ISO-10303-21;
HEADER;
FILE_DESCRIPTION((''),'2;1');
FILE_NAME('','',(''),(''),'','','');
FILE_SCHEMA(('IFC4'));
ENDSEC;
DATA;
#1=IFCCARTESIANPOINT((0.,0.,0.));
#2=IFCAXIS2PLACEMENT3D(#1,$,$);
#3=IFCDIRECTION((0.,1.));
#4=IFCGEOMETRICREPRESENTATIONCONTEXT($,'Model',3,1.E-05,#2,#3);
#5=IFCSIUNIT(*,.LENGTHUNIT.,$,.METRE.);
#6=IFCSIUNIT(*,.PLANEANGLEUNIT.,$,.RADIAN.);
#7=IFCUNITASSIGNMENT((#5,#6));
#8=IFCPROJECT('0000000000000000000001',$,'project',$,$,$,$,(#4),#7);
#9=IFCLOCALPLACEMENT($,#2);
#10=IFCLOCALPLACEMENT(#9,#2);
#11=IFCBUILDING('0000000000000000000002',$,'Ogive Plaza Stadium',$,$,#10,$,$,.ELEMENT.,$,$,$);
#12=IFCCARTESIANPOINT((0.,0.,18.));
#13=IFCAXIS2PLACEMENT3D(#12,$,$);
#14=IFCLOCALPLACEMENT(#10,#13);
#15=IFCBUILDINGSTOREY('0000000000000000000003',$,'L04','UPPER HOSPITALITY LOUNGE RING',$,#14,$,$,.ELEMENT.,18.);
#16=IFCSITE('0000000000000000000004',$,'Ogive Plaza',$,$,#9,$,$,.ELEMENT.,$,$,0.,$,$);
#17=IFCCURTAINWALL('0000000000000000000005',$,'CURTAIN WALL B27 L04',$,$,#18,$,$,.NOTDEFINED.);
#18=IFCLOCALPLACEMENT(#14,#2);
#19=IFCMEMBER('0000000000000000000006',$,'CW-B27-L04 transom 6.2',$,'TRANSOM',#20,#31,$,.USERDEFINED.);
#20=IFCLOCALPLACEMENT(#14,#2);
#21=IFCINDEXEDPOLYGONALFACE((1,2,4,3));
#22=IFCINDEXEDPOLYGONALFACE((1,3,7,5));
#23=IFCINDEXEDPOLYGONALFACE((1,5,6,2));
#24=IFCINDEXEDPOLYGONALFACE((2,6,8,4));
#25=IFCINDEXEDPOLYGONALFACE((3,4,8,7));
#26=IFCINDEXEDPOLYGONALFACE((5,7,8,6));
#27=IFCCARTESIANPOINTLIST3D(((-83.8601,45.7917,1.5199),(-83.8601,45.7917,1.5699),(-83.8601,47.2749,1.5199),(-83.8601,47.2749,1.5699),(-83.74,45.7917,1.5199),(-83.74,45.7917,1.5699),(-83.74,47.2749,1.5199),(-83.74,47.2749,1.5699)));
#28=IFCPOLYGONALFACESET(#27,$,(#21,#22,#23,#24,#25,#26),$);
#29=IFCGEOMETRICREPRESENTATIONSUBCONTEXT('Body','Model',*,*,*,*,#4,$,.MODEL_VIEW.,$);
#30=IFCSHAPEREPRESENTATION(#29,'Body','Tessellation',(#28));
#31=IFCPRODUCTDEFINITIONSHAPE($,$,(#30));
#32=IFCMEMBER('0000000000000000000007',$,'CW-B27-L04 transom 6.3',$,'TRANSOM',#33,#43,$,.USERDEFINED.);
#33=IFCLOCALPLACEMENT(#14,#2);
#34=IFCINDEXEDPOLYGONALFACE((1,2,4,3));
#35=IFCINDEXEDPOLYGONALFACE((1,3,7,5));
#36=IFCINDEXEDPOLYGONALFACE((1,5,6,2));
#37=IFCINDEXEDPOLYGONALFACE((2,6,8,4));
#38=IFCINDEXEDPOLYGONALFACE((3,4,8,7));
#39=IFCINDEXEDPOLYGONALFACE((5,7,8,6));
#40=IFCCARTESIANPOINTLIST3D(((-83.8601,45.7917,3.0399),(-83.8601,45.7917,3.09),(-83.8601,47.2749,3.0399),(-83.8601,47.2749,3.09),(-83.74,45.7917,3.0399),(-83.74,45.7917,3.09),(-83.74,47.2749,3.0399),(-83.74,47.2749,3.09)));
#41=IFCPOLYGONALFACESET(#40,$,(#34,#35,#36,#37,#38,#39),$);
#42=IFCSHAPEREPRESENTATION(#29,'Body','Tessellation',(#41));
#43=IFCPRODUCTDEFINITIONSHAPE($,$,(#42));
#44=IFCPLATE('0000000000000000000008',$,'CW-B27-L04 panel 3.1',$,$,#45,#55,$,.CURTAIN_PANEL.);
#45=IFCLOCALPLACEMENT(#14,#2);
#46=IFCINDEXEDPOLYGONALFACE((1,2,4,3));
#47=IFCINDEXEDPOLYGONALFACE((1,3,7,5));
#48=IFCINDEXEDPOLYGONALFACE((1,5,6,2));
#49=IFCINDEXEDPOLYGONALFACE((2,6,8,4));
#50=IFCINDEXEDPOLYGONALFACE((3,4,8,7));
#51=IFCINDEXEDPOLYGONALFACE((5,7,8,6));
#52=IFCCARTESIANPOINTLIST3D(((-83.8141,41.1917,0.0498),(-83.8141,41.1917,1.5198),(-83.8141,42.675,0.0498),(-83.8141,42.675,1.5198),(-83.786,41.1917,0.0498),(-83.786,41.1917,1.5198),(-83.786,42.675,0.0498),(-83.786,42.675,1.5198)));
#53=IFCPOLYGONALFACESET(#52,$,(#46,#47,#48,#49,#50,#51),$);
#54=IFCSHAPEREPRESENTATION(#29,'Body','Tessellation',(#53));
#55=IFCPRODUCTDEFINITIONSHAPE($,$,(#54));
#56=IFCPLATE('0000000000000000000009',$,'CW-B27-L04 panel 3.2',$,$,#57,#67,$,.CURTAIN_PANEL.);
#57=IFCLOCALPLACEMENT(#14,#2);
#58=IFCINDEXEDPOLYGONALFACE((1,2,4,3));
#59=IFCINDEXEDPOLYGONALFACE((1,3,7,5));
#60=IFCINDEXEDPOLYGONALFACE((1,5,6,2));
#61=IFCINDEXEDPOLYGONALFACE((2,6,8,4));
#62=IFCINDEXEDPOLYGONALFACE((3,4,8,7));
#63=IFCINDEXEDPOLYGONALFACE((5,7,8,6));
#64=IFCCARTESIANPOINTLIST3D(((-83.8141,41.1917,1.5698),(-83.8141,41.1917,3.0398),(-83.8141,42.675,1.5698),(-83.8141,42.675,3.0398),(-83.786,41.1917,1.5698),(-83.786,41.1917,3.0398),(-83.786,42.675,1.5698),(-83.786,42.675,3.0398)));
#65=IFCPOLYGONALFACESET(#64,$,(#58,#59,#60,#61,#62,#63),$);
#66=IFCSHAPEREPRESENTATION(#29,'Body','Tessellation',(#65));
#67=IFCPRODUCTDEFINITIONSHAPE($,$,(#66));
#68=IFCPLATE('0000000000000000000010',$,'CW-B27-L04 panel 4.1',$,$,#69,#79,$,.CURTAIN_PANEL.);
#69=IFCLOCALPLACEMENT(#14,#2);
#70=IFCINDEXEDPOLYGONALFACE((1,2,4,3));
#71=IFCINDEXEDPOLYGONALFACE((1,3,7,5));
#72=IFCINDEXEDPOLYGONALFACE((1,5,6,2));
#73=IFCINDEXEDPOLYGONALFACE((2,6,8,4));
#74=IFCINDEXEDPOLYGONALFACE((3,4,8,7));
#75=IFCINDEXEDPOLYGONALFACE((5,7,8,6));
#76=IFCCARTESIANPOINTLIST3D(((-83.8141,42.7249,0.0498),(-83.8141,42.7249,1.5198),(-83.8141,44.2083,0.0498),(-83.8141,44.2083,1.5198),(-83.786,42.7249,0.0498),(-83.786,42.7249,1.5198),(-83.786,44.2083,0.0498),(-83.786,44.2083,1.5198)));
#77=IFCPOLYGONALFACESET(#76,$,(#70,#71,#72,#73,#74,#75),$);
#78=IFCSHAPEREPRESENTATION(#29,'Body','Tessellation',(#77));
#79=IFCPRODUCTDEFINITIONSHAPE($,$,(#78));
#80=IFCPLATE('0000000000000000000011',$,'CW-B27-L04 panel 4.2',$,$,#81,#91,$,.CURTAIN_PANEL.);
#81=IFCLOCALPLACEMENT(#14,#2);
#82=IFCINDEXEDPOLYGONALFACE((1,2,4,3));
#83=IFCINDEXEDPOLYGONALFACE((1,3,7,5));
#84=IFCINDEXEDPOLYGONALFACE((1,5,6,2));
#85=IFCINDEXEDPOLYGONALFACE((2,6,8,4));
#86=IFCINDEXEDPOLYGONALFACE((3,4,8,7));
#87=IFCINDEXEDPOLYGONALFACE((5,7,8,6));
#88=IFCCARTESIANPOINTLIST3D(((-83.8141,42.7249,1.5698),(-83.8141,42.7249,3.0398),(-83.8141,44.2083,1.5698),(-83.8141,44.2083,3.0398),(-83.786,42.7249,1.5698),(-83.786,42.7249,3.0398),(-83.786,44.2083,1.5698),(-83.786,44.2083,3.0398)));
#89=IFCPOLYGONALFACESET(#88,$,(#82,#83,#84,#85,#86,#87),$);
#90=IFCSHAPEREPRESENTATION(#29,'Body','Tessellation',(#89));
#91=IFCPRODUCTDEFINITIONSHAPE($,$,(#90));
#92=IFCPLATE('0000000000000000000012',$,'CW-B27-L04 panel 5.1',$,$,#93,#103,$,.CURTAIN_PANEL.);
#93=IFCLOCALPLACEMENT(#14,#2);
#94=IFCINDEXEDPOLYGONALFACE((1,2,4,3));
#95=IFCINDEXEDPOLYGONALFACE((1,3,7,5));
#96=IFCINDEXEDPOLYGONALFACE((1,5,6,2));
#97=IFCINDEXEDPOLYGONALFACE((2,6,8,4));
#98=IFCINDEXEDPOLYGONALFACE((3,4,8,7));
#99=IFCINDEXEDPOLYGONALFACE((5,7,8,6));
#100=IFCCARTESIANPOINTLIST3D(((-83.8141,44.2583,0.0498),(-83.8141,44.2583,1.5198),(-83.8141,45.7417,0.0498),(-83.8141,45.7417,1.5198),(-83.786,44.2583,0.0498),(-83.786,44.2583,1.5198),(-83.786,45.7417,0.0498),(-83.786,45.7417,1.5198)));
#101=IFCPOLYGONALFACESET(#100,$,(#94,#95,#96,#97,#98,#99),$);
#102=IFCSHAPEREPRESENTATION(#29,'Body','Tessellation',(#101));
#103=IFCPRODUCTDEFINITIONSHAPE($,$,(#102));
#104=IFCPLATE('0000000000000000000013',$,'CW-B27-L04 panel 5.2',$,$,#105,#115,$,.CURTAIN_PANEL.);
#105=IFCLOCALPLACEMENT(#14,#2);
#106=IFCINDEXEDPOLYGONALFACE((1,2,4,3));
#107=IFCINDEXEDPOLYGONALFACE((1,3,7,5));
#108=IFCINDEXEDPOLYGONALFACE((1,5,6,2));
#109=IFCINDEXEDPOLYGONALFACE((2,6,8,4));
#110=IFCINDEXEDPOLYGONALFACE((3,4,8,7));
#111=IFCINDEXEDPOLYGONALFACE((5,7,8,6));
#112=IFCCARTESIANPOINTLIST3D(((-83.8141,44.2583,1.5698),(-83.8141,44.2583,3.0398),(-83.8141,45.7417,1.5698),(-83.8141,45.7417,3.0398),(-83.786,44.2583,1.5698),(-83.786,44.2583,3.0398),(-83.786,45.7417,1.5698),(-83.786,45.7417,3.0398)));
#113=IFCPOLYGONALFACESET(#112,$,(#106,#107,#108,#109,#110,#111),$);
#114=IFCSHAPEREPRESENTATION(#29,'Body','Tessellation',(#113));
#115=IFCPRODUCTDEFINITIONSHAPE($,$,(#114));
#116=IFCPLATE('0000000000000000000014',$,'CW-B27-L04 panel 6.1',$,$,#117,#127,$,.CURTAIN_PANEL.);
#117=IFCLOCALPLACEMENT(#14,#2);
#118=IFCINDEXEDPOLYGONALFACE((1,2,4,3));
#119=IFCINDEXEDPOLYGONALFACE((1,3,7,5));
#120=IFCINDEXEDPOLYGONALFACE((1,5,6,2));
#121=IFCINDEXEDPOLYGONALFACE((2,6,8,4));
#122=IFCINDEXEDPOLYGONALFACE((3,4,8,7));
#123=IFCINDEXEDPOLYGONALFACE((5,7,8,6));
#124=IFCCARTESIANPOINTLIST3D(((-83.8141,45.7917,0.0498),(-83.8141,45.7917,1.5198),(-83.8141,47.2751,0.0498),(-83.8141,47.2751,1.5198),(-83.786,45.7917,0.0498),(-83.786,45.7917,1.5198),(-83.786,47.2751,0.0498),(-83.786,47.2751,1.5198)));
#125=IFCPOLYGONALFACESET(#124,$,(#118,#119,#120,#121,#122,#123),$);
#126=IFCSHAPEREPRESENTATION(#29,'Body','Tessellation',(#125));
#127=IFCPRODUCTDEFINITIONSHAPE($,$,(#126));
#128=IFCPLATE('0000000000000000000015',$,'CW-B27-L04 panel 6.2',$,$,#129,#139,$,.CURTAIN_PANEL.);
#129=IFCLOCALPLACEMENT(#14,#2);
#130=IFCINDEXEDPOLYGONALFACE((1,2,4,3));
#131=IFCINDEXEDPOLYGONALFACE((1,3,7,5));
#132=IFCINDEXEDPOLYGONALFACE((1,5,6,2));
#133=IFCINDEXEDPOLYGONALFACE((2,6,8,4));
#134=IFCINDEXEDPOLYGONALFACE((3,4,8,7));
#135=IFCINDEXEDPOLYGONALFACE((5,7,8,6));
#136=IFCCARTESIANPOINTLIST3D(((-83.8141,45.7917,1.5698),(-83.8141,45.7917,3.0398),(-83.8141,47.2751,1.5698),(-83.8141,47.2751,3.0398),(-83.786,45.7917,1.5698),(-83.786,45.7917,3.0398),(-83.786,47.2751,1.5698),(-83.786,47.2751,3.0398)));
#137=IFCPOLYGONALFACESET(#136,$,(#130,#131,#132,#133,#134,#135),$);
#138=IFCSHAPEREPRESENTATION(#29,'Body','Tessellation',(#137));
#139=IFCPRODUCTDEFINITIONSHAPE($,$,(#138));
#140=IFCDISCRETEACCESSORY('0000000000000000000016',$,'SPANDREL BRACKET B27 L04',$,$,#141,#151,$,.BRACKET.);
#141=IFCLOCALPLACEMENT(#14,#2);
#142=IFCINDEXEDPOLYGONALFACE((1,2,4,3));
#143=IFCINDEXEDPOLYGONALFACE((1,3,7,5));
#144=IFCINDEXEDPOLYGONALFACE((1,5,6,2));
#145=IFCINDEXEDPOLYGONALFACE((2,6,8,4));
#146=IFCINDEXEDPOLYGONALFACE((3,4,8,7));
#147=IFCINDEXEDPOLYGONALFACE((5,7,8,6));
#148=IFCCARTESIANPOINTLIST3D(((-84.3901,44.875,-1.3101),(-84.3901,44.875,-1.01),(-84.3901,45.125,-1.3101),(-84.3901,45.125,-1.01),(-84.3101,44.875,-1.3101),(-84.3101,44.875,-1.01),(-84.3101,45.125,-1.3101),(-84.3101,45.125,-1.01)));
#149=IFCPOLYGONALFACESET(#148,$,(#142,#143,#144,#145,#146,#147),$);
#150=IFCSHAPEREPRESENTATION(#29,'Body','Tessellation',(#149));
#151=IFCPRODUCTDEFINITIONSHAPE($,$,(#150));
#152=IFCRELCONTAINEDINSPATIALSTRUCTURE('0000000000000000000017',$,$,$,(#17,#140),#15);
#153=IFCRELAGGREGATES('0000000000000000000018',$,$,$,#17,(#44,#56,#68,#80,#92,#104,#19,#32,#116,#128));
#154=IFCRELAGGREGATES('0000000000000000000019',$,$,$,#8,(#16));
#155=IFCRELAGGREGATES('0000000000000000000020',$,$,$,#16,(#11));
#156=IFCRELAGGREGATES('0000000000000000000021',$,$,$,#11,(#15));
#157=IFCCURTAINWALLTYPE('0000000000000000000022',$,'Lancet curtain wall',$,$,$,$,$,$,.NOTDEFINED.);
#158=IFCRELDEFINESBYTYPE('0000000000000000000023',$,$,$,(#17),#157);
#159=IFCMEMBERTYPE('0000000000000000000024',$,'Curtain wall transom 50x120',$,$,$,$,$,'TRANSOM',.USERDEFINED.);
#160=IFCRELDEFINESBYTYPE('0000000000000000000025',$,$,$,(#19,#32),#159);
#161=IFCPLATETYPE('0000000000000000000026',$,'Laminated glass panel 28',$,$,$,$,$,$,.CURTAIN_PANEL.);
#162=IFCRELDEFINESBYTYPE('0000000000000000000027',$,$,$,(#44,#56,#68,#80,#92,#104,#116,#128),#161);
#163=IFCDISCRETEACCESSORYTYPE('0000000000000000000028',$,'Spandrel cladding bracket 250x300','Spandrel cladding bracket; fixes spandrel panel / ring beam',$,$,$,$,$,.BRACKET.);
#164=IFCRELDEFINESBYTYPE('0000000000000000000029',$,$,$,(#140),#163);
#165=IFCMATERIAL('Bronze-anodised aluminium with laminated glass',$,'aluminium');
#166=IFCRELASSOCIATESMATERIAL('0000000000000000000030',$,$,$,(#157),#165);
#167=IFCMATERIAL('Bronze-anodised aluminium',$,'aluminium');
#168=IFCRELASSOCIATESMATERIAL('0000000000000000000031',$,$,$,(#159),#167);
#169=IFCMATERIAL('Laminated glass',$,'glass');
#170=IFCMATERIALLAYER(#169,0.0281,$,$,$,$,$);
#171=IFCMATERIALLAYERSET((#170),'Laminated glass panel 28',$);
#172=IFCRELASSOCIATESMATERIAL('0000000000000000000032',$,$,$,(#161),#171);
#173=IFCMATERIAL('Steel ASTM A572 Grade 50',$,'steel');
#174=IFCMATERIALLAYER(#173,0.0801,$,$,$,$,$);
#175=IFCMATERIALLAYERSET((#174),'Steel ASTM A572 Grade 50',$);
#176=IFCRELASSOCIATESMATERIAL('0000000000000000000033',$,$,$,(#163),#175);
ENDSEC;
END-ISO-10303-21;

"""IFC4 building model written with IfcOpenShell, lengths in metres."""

from ifc_helpers import new_model, si_unit, direction, frame, origin, origin_2d, place, context, subcontext, project, spatial, rectangle, extrude, material, layer, layer_set, material_profile, profile_set, type_object, element, aggregate, save


model = new_model("IFC4")

# Units and contexts
model_context = context("Model", 3, precision=1e-05, world=origin(), true_north=direction((0.0, 1.0)))
body_context = subcontext(model_context, "Body", "Model", "MODEL_VIEW")
ifc_project = project(units=[si_unit("LENGTHUNIT", "METRE"), si_unit("PLANEANGLEUNIT", "RADIAN")], contexts=[model_context])

# Site, building, storey
site_placement = place(None, origin())
site = spatial("IfcSite", under=ifc_project, at=site_placement, Name="Ogive Plaza", CompositionType="ELEMENT", RefElevation=0.0)
building_placement = place(site_placement, origin())
building = spatial("IfcBuilding", under=site, at=building_placement, Name="Ogive Plaza Stadium", CompositionType="ELEMENT")
storey_placement = place(building_placement, frame((0.0, 0.0, 18.0)))
storey = spatial("IfcBuildingStorey", under=building, at=storey_placement, Name="L04", Description="UPPER HOSPITALITY LOUNGE RING", CompositionType="ELEMENT", Elevation=18.0)

# Curtain wall, members, plates
ifc_material_1 = material(Name="Bronze-anodised aluminium with laminated glass", Category="aluminium")
curtain_wall_type = type_object("IfcCurtainWallType", Name="Lancet curtain wall", PredefinedType="NOTDEFINED", material=ifc_material_1)
curtain_wall_placement = place(storey_placement, origin())
curtain_wall = element("IfcCurtainWall", 1, at=curtain_wall_placement, inside=storey, type_object=curtain_wall_type, Name="CURTAIN WALL B27 L04", PredefinedType="NOTDEFINED")
ifc_material_2 = material(Name="Bronze-anodised aluminium", Category="aluminium")
ifc_material_profile_1 = material_profile(ifc_material_2, rectangle(XDim=0.1201, YDim=0.05, at=origin_2d()), Name="AL 120x50")
ifc_profile_set_1 = profile_set([ifc_material_profile_1], Name="Bronze-anodised aluminium")
member_type_1 = type_object("IfcMemberType", Name="Curtain wall transom 50x120", ElementType="TRANSOM", PredefinedType="USERDEFINED", material=ifc_profile_set_1)
member_1_placement = place(storey_placement, frame((-83.8, 45.7917, 1.5449), z_axis=(0.0, 1.0, 0.0), x_axis=(-1.0, 0.0, 0.0)))
member_1 = element("IfcMember", 2, at=member_1_placement, type_object=member_type_1, Name="CW-B27-L04 transom 6.2", ObjectType="TRANSOM", PredefinedType="USERDEFINED", context=body_context, shape_type="SweptSolid", body=[
    extrude(rectangle(XDim=0.1201, YDim=0.05, at=origin_2d()), origin(), (0.0, 0.0, 1.0), 1.4832),
])
member_2_placement = place(storey_placement, frame((-83.8, 45.7917, 3.0649), z_axis=(0.0, 1.0, 0.0), x_axis=(-1.0, 0.0, 0.0)))
member_2 = element("IfcMember", 3, at=member_2_placement, type_object=member_type_1, Name="CW-B27-L04 transom 6.3", ObjectType="TRANSOM", PredefinedType="USERDEFINED", context=body_context, shape_type="SweptSolid", body=[
    extrude(rectangle(XDim=0.1201, YDim=0.05, at=origin_2d()), origin(), (0.0, 0.0, 1.0), 1.4832),
])
ifc_material_3 = material(Name="Laminated glass", Category="glass")
ifc_layer_1 = layer(ifc_material_3, 0.0281)
ifc_layer_set_1 = layer_set([ifc_layer_1], Name="Laminated glass panel 28")
plate_type = type_object("IfcPlateType", Name="Laminated glass panel 28", PredefinedType="CURTAIN_PANEL", material=ifc_layer_set_1)
plate_1_placement = place(storey_placement, frame((-83.8, 41.9333, 0.0498), z_axis=(0.0, 0.0, 1.0), x_axis=(0.0, 1.0, 0.0)))
plate_1 = element("IfcPlate", 4, at=plate_1_placement, type_object=plate_type, Name="CW-B27-L04 panel 3.1", PredefinedType="CURTAIN_PANEL", context=body_context, shape_type="SweptSolid", body=[
    extrude(rectangle(XDim=1.4834, YDim=0.0281, at=origin_2d()), origin(), (0.0, 0.0, 1.0), 1.47),
])
plate_2_placement = place(storey_placement, frame((-83.8, 41.9333, 1.5698), z_axis=(0.0, 0.0, 1.0), x_axis=(0.0, 1.0, 0.0)))
plate_2 = element("IfcPlate", 5, at=plate_2_placement, type_object=plate_type, Name="CW-B27-L04 panel 3.2", PredefinedType="CURTAIN_PANEL", context=body_context, shape_type="SweptSolid", body=[
    extrude(rectangle(XDim=1.4834, YDim=0.0281, at=origin_2d()), origin(), (0.0, 0.0, 1.0), 1.47),
])
plate_3_placement = place(storey_placement, frame((-83.8, 43.4666, 0.0498), z_axis=(0.0, 0.0, 1.0), x_axis=(0.0, 1.0, 0.0)))
plate_3 = element("IfcPlate", 6, at=plate_3_placement, type_object=plate_type, Name="CW-B27-L04 panel 4.1", PredefinedType="CURTAIN_PANEL", context=body_context, shape_type="SweptSolid", body=[
    extrude(rectangle(XDim=1.4834, YDim=0.0281, at=origin_2d()), origin(), (0.0, 0.0, 1.0), 1.47),
])
plate_4_placement = place(storey_placement, frame((-83.8, 43.4666, 1.5698), z_axis=(0.0, 0.0, 1.0), x_axis=(0.0, 1.0, 0.0)))
plate_4 = element("IfcPlate", 7, at=plate_4_placement, type_object=plate_type, Name="CW-B27-L04 panel 4.2", PredefinedType="CURTAIN_PANEL", context=body_context, shape_type="SweptSolid", body=[
    extrude(rectangle(XDim=1.4834, YDim=0.0281, at=origin_2d()), origin(), (0.0, 0.0, 1.0), 1.47),
])
plate_5_placement = place(storey_placement, frame((-83.8, 45.0, 0.0498), z_axis=(0.0, 0.0, 1.0), x_axis=(0.0, 1.0, 0.0)))
plate_5 = element("IfcPlate", 8, at=plate_5_placement, type_object=plate_type, Name="CW-B27-L04 panel 5.1", PredefinedType="CURTAIN_PANEL", context=body_context, shape_type="SweptSolid", body=[
    extrude(rectangle(XDim=1.4834, YDim=0.0281, at=origin_2d()), origin(), (0.0, 0.0, 1.0), 1.47),
])
plate_6_placement = place(storey_placement, frame((-83.8, 45.0, 1.5698), z_axis=(0.0, 0.0, 1.0), x_axis=(0.0, 1.0, 0.0)))
plate_6 = element("IfcPlate", 9, at=plate_6_placement, type_object=plate_type, Name="CW-B27-L04 panel 5.2", PredefinedType="CURTAIN_PANEL", context=body_context, shape_type="SweptSolid", body=[
    extrude(rectangle(XDim=1.4834, YDim=0.0281, at=origin_2d()), origin(), (0.0, 0.0, 1.0), 1.47),
])
plate_7_placement = place(storey_placement, frame((-83.8, 46.5334, 0.0498), z_axis=(0.0, 0.0, 1.0), x_axis=(0.0, 1.0, 0.0)))
plate_7 = element("IfcPlate", 10, at=plate_7_placement, type_object=plate_type, Name="CW-B27-L04 panel 6.1", PredefinedType="CURTAIN_PANEL", context=body_context, shape_type="SweptSolid", body=[
    extrude(rectangle(XDim=1.4834, YDim=0.0281, at=origin_2d()), origin(), (0.0, 0.0, 1.0), 1.47),
])
plate_8_placement = place(storey_placement, frame((-83.8, 46.5334, 1.5698), z_axis=(0.0, 0.0, 1.0), x_axis=(0.0, 1.0, 0.0)))
plate_8 = element("IfcPlate", 11, at=plate_8_placement, type_object=plate_type, Name="CW-B27-L04 panel 6.2", PredefinedType="CURTAIN_PANEL", context=body_context, shape_type="SweptSolid", body=[
    extrude(rectangle(XDim=1.4834, YDim=0.0281, at=origin_2d()), origin(), (0.0, 0.0, 1.0), 1.47),
])
aggregate(curtain_wall, [plate_1, plate_2, plate_3, plate_4, plate_5, plate_6, member_1, member_2, plate_7, plate_8])

# Discrete accessory
ifc_material_4 = material(Name="Steel ASTM A572 Grade 50", Category="steel")
ifc_layer_2 = layer(ifc_material_4, 0.0801)
ifc_layer_set_2 = layer_set([ifc_layer_2], Name="Steel ASTM A572 Grade 50")
discrete_accessory_type = type_object("IfcDiscreteAccessoryType", Name="Spandrel cladding bracket 250x300", Description="Spandrel cladding bracket; fixes spandrel panel / ring beam", PredefinedType="BRACKET", material=ifc_layer_set_2)
discrete_accessory_placement = place(storey_placement, frame((-84.3501, 45.0, -1.3101), z_axis=(0.0, 0.0, 1.0), x_axis=(0.0, 1.0, 0.0)))
element("IfcDiscreteAccessory", 12, at=discrete_accessory_placement, inside=storey, type_object=discrete_accessory_type, Name="SPANDREL BRACKET B27 L04", PredefinedType="BRACKET", context=body_context, shape_type="SweptSolid", body=[
    extrude(rectangle(XDim=0.25, YDim=0.0801, at=origin_2d()), origin(), (0.0, 0.0, 1.0), 0.3),
])

save(model, "model.ifc")
